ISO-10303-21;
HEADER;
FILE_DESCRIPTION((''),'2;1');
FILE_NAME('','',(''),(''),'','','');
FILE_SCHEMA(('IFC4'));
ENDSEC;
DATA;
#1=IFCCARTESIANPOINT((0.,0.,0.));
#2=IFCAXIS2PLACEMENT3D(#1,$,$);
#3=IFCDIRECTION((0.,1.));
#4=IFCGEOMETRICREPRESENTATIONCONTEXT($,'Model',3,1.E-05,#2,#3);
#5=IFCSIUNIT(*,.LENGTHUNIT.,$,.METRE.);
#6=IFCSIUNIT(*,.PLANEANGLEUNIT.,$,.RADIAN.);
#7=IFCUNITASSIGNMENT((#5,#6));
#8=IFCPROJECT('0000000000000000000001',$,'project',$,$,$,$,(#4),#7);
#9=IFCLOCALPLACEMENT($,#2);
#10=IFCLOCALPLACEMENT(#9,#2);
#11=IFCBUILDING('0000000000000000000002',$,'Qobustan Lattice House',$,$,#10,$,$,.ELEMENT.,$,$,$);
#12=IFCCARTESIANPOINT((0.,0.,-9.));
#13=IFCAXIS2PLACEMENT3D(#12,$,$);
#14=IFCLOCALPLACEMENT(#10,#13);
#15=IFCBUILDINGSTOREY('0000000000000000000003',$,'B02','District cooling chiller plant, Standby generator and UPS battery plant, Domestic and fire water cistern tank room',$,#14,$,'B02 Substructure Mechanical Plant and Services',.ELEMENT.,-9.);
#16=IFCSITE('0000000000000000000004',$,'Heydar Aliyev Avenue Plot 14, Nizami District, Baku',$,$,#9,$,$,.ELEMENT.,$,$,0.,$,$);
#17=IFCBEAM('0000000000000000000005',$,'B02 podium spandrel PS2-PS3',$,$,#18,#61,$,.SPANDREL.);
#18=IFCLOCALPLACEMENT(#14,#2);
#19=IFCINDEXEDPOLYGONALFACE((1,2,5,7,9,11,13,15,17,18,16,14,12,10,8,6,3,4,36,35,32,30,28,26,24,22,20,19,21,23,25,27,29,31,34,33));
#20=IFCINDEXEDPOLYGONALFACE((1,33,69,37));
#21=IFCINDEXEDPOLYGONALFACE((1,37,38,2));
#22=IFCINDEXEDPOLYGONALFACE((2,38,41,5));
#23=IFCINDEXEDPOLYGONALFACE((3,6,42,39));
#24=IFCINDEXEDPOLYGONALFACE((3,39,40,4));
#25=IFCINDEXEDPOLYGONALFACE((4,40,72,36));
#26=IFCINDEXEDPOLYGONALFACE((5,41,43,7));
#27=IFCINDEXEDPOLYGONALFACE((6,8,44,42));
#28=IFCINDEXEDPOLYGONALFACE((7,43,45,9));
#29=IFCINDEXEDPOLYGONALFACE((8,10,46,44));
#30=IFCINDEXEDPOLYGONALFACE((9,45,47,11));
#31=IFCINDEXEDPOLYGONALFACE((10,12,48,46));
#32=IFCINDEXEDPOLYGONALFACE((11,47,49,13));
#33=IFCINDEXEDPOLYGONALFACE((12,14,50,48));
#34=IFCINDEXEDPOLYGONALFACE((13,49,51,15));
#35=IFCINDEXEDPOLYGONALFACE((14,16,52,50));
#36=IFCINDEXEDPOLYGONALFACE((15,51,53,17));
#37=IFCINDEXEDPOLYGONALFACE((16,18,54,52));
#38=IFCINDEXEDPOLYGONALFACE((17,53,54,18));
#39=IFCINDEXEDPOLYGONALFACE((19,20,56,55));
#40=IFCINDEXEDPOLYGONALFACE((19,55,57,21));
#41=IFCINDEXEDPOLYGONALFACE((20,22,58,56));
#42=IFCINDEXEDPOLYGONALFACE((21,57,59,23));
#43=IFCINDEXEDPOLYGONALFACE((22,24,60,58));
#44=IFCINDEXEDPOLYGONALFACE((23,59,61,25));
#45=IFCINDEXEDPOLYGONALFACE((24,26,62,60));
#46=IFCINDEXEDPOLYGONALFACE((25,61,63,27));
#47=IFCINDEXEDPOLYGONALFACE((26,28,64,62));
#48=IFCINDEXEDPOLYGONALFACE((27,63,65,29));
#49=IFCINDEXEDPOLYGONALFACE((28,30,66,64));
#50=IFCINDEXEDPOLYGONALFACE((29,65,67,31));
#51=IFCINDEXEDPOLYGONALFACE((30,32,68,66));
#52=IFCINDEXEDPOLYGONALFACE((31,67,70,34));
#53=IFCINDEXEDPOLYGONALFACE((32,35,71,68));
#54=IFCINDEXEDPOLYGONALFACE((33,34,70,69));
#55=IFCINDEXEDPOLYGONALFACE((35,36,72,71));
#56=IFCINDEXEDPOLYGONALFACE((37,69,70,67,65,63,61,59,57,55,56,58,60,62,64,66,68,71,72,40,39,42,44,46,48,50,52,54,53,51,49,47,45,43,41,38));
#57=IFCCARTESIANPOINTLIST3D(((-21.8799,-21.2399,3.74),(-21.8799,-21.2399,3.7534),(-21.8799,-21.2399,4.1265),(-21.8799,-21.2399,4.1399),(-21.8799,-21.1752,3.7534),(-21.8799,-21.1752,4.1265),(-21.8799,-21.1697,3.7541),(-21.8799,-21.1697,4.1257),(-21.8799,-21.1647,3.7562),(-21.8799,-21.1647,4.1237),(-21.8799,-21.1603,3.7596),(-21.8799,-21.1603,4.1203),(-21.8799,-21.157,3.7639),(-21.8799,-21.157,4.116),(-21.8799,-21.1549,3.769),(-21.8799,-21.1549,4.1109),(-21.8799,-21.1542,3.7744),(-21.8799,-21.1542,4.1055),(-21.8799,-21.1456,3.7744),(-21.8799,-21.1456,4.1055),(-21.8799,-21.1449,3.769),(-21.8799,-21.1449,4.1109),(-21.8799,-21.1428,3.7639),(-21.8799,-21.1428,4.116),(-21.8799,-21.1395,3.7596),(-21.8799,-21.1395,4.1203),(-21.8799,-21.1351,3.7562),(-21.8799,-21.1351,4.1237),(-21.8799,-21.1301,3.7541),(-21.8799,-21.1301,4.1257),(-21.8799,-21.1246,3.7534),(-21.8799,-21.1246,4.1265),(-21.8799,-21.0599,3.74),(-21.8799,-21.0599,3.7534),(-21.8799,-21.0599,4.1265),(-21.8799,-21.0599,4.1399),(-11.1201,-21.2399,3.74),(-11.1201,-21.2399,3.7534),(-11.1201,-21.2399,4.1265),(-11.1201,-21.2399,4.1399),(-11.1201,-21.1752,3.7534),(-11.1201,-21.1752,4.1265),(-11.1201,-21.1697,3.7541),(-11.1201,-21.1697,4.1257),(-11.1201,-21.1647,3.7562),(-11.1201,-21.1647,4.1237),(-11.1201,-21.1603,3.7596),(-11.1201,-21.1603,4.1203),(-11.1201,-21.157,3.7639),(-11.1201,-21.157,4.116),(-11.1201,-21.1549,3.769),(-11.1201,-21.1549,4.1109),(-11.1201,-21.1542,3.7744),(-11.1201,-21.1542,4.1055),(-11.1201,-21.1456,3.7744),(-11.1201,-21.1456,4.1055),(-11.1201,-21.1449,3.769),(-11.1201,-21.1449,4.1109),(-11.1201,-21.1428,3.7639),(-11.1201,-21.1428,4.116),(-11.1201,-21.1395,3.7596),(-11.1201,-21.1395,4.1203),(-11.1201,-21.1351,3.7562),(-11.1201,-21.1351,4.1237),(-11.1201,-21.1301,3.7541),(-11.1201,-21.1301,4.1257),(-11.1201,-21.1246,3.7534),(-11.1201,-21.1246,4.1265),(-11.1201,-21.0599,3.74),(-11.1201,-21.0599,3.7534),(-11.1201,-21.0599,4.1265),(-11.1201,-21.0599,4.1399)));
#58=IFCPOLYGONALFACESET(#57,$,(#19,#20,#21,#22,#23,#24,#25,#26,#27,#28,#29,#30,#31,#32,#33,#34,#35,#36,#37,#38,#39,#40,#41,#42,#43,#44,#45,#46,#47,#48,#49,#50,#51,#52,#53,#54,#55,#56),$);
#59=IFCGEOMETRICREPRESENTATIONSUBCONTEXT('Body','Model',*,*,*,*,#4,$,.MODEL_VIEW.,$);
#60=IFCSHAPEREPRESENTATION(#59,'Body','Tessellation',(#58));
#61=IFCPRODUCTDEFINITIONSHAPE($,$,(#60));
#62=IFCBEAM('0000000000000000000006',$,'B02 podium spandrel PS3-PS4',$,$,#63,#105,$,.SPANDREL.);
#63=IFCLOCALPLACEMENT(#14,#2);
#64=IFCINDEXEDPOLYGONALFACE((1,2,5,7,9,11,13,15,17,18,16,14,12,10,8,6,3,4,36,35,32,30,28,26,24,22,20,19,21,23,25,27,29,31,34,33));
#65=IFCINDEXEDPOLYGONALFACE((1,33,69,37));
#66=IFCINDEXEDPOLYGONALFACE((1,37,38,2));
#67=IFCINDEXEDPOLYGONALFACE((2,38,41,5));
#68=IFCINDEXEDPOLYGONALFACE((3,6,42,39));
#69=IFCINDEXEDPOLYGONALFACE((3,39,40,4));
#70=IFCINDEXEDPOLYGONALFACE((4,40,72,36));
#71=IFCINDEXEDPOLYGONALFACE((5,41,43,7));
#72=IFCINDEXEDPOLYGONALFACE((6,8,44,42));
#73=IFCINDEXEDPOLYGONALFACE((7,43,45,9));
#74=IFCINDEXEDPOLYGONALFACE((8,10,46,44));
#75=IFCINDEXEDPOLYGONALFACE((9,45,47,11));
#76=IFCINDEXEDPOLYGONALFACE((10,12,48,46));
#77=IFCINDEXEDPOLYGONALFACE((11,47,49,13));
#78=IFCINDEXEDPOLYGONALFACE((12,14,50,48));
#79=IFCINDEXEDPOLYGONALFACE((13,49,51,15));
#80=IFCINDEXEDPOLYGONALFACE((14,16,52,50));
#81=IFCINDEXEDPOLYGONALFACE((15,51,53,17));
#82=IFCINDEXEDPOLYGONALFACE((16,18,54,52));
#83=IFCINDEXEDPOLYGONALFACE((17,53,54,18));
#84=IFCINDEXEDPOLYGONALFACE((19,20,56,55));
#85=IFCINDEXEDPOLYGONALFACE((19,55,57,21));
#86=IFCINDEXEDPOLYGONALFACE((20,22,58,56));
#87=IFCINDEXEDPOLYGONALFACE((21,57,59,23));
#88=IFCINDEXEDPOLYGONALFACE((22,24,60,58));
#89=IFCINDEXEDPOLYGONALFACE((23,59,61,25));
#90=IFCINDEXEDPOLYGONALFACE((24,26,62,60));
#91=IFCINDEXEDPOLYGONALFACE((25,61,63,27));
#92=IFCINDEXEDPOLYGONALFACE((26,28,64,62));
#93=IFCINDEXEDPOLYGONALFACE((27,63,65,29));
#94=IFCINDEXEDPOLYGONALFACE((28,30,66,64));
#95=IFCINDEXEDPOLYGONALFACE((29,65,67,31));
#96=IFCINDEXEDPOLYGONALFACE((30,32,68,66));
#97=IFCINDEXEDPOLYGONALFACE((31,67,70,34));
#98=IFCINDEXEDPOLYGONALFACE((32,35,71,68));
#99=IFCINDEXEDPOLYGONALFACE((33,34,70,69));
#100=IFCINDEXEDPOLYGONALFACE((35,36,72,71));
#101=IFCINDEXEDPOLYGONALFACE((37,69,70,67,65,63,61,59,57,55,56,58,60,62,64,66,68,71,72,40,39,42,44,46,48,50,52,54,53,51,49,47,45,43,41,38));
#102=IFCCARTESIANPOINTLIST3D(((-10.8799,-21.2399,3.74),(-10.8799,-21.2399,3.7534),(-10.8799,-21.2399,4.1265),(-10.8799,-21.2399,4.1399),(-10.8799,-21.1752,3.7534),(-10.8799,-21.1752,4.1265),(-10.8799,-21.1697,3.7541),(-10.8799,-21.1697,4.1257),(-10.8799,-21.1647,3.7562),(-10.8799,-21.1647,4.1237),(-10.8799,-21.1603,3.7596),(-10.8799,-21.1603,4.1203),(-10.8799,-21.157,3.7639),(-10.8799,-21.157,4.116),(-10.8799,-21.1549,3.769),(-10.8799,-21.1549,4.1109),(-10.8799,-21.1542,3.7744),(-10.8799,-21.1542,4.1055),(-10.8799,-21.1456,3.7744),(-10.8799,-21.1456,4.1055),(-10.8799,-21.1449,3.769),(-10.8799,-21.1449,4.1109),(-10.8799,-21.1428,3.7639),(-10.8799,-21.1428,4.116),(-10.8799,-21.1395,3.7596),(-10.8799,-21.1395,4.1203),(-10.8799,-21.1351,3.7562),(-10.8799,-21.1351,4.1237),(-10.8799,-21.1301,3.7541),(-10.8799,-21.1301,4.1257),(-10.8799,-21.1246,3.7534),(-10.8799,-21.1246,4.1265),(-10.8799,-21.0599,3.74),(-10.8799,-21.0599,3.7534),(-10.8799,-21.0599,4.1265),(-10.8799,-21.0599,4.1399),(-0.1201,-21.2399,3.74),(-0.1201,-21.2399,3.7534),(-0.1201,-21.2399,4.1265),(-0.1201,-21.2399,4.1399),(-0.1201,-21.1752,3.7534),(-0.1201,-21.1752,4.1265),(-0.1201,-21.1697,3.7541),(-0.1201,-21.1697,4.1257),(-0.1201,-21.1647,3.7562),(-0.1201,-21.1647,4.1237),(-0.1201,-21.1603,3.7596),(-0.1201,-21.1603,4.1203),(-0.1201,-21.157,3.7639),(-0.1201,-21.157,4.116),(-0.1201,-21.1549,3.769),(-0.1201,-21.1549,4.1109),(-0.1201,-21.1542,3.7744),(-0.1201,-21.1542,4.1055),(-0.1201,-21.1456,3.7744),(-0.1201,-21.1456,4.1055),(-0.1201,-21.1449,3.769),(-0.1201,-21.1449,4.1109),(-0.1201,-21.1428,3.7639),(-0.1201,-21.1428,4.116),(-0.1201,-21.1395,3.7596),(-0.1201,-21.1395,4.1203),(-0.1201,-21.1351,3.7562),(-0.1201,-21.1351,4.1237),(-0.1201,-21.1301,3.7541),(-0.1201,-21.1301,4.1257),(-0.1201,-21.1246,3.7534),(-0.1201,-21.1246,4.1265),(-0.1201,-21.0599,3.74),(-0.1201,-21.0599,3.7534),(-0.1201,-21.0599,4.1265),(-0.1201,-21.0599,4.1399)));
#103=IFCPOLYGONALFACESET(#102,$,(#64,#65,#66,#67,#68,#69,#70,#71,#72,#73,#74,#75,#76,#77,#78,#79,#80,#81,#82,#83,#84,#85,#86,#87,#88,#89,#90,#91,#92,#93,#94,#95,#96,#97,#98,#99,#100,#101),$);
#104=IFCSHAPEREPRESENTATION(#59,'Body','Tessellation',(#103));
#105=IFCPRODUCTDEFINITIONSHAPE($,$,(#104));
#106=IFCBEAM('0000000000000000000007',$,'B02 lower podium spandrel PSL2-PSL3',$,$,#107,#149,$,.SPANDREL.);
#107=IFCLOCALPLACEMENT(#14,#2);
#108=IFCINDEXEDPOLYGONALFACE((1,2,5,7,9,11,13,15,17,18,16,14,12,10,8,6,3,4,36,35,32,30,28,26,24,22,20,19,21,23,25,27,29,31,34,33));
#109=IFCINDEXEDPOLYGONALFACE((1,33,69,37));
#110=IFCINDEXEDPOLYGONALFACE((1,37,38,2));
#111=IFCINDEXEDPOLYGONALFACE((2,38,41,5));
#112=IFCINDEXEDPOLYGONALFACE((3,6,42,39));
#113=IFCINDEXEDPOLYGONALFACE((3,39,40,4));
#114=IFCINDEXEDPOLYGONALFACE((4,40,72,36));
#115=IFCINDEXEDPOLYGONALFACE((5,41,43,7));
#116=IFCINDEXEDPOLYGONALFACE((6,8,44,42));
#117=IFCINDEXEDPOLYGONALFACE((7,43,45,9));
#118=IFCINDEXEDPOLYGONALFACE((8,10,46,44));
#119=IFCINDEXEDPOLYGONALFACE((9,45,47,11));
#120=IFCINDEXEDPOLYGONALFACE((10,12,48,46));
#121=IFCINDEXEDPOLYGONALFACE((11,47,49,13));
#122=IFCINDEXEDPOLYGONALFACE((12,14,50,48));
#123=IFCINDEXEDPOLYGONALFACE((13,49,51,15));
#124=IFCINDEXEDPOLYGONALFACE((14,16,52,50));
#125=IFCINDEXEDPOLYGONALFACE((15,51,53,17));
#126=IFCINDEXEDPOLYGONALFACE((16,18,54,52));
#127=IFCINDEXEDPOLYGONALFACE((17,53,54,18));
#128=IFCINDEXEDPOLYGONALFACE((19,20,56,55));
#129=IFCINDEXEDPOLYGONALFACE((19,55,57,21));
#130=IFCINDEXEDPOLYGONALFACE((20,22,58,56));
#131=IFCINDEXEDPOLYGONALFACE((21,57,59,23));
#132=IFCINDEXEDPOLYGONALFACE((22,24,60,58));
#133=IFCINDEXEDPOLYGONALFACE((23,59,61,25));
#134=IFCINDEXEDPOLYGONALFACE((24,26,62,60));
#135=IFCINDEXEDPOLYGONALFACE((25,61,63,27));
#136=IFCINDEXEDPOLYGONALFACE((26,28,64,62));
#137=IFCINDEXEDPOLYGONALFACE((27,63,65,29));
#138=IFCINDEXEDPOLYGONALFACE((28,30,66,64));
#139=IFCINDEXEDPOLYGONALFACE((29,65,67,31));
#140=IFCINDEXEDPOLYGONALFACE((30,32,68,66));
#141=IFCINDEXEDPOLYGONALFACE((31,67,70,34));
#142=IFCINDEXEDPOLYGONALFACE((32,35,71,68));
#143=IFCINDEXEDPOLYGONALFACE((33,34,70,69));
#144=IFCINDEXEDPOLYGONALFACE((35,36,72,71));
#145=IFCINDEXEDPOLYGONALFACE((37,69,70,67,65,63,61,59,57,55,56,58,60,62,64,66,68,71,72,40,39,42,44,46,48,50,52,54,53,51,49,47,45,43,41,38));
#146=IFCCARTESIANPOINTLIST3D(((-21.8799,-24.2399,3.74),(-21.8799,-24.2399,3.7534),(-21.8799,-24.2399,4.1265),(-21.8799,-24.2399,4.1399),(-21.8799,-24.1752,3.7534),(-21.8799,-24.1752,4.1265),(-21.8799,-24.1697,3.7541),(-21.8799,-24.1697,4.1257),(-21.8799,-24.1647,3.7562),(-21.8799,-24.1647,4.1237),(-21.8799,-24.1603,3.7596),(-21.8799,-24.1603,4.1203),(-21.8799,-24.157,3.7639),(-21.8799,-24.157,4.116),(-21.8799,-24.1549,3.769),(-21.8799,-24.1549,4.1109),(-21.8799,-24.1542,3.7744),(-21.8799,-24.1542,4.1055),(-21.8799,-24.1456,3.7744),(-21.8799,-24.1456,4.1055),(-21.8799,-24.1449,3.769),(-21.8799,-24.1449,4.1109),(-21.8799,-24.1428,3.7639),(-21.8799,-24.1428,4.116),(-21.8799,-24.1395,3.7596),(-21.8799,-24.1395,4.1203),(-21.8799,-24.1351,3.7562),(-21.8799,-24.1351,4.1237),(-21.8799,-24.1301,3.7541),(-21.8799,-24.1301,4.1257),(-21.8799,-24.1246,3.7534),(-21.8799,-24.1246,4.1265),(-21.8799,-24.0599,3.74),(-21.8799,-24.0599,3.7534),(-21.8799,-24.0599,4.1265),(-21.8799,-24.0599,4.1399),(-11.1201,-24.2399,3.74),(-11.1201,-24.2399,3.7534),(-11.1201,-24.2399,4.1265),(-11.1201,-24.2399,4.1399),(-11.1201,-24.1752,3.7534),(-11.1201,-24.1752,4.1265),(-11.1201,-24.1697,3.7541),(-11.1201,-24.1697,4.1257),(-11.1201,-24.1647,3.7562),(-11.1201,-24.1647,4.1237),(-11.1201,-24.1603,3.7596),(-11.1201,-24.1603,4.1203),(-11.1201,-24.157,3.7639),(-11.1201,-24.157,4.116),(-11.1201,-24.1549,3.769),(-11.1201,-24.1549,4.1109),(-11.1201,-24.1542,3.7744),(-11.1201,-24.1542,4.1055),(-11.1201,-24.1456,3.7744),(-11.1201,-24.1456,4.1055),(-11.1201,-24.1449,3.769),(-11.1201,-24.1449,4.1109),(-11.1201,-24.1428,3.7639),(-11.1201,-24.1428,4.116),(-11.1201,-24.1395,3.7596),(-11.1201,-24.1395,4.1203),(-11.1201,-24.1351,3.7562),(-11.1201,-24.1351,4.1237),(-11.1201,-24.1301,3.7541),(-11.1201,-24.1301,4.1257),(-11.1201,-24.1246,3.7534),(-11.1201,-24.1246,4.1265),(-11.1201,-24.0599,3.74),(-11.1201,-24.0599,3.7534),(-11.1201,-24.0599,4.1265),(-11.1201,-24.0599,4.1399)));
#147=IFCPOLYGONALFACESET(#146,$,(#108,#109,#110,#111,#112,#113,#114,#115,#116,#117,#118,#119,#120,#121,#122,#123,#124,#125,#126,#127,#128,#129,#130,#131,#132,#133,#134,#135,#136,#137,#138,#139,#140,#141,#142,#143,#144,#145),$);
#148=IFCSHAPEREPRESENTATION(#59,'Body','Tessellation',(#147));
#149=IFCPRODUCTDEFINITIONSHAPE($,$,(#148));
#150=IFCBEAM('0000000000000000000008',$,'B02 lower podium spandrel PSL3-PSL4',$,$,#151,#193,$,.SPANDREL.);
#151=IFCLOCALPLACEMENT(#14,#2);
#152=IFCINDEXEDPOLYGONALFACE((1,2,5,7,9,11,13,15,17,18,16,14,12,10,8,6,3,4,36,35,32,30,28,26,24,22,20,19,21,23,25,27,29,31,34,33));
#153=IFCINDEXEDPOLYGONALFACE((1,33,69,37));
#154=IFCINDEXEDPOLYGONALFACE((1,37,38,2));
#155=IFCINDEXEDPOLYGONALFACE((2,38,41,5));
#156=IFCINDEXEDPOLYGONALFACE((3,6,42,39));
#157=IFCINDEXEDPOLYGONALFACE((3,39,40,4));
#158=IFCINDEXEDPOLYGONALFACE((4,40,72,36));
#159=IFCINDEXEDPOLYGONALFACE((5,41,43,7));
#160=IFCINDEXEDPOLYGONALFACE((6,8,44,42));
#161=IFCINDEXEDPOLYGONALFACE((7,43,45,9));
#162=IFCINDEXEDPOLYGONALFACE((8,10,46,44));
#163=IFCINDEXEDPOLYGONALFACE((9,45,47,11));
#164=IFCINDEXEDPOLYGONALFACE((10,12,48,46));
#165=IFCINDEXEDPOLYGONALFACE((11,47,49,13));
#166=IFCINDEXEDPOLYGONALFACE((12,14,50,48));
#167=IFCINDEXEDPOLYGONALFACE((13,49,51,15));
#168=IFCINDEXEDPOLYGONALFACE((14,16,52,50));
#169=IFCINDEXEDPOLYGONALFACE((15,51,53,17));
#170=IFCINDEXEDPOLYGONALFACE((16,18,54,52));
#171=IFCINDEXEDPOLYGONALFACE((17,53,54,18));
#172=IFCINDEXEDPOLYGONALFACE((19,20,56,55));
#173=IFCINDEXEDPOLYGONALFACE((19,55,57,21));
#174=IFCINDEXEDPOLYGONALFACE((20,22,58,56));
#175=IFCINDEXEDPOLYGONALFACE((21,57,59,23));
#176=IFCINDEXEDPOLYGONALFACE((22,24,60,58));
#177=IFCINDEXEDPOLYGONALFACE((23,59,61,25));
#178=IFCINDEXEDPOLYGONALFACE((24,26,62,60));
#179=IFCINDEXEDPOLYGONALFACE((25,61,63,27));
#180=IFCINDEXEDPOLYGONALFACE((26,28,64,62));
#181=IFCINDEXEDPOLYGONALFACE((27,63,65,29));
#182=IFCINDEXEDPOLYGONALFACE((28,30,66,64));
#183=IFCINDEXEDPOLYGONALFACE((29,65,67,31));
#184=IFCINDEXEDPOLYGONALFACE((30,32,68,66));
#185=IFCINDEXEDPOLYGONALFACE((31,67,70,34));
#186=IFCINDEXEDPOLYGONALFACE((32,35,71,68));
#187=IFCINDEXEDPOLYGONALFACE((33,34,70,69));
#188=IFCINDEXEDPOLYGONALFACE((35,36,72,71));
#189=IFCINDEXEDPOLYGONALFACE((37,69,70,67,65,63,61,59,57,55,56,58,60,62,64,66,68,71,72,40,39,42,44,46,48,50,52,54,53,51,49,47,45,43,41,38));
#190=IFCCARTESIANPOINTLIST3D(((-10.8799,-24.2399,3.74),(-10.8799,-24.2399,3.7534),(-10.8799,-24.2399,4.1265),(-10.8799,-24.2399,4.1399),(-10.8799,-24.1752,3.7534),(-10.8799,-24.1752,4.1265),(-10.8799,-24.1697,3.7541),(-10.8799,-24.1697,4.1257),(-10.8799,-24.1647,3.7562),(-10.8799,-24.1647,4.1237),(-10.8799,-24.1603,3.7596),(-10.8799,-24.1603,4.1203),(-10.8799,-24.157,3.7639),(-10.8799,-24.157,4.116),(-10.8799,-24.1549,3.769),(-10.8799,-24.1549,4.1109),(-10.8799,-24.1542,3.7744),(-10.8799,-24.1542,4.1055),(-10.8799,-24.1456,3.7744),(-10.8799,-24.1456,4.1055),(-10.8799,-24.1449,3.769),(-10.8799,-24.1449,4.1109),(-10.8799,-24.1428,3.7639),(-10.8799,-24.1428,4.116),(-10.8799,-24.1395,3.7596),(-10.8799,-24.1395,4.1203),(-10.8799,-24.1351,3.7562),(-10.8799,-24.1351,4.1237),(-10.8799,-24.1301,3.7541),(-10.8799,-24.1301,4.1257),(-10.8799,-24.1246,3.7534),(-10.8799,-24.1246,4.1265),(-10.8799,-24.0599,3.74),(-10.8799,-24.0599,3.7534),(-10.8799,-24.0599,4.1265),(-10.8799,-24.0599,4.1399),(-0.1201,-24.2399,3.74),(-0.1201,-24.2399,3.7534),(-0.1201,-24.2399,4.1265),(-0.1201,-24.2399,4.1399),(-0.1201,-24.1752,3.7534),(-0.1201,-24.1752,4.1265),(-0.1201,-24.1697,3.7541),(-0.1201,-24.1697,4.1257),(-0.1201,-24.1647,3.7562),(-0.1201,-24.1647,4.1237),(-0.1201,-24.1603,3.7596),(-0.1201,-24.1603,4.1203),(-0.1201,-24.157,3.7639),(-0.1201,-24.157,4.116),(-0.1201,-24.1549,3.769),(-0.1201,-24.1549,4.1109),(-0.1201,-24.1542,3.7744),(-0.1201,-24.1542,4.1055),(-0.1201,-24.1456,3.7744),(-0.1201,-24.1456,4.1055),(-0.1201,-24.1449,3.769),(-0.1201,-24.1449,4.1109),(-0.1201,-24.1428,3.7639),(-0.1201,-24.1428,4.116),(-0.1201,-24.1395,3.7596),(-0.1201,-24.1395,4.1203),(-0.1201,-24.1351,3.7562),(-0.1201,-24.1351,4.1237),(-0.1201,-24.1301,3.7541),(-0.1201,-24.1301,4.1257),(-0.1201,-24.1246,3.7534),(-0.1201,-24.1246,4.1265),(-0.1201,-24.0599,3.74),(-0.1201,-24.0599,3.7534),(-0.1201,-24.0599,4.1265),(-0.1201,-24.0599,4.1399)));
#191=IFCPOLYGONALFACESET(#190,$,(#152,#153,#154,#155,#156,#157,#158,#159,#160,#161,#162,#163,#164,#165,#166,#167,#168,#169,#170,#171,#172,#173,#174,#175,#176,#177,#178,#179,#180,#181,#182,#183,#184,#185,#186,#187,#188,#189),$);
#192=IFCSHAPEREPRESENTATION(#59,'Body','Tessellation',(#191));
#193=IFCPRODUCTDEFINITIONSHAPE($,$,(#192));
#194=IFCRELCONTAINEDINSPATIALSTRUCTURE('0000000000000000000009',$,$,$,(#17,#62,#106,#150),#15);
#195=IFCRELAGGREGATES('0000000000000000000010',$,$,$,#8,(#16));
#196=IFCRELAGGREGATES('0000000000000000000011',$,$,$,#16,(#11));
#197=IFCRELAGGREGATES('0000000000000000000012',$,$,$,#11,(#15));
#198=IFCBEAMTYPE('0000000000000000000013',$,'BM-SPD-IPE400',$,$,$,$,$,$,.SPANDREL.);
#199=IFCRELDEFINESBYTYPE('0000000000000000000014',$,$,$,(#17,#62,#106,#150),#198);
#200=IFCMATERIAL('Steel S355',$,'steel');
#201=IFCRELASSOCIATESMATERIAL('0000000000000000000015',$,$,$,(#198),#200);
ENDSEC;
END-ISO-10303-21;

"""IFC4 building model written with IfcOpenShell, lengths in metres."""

from ifc_helpers import new_model, si_unit, direction, frame, origin, origin_2d, place, context, subcontext, project, spatial, i_section, extrude, material, material_profile, profile_set, type_object, element, save


model = new_model("IFC4")

# Units and contexts
model_context = context("Model", 3, precision=1e-05, world=origin(), true_north=direction((0.0, 1.0)))
body_context = subcontext(model_context, "Body", "Model", "MODEL_VIEW")
ifc_project = project(units=[si_unit("LENGTHUNIT", "METRE"), si_unit("PLANEANGLEUNIT", "RADIAN")], contexts=[model_context])

# Site, building, storey
site_placement = place(None, origin())
site = spatial("IfcSite", under=ifc_project, at=site_placement, Name="Heydar Aliyev Avenue Plot 14, Nizami District, Baku", CompositionType="ELEMENT", RefElevation=0.0)
building_placement = place(site_placement, origin())
building = spatial("IfcBuilding", under=site, at=building_placement, Name="Qobustan Lattice House", CompositionType="ELEMENT")
storey_placement = place(building_placement, frame((0.0, 0.0, -9.0)))
storey = spatial("IfcBuildingStorey", under=building, at=storey_placement, Name="B02", Description="District cooling chiller plant, Standby generator and UPS battery plant, Domestic and fire water cistern tank room", LongName="B02 Substructure Mechanical Plant and Services", CompositionType="ELEMENT", Elevation=-9.0)

# Beams
ifc_material_1 = material(Name="Steel S355", Category="steel")
ifc_material_profile_1 = material_profile(ifc_material_1, i_section(OverallWidth=0.1799, OverallDepth=0.3999, WebThickness=0.0085, FlangeThickness=0.0134, FilletRadius=0.021, at=origin_2d()), Name="IPE400")
ifc_profile_set_1 = profile_set([ifc_material_profile_1], Name="Steel S355")
beam_type_1 = type_object("IfcBeamType", Name="BM-SPD-IPE400", PredefinedType="SPANDREL", material=ifc_profile_set_1)
for number, where, z_axis, x_axis, name in (
    (1, (-21.8799, -21.1499, 3.9399), (1.0, 0.0, 0.0), (0.0, 1.0, 0.0), "B02 podium spandrel PS2-PS3"),
    (2, (-10.8799, -21.1499, 3.9399), (1.0, 0.0, 0.0), (0.0, 1.0, 0.0), "B02 podium spandrel PS3-PS4"),
    (3, (-21.8799, -24.1499, 3.9399), (1.0, 0.0, 0.0), (0.0, 1.0, 0.0), "B02 lower podium spandrel PSL2-PSL3"),
    (4, (-10.8799, -24.1499, 3.9399), (1.0, 0.0, 0.0), (0.0, 1.0, 0.0), "B02 lower podium spandrel PSL3-PSL4"),
):
    element("IfcBeam", number, at=place(storey_placement, frame(where, z_axis=z_axis, x_axis=x_axis)), inside=storey, type_object=beam_type_1, Name=name, PredefinedType="SPANDREL", context=body_context, shape_type="SweptSolid", body=[
        extrude(i_section(OverallWidth=0.1799, OverallDepth=0.3999, WebThickness=0.0085, FlangeThickness=0.0134, FilletRadius=0.021, at=origin_2d()), origin(), (0.0, 0.0, 1.0), 10.7598),
    ])

save(model, "model.ifc")
